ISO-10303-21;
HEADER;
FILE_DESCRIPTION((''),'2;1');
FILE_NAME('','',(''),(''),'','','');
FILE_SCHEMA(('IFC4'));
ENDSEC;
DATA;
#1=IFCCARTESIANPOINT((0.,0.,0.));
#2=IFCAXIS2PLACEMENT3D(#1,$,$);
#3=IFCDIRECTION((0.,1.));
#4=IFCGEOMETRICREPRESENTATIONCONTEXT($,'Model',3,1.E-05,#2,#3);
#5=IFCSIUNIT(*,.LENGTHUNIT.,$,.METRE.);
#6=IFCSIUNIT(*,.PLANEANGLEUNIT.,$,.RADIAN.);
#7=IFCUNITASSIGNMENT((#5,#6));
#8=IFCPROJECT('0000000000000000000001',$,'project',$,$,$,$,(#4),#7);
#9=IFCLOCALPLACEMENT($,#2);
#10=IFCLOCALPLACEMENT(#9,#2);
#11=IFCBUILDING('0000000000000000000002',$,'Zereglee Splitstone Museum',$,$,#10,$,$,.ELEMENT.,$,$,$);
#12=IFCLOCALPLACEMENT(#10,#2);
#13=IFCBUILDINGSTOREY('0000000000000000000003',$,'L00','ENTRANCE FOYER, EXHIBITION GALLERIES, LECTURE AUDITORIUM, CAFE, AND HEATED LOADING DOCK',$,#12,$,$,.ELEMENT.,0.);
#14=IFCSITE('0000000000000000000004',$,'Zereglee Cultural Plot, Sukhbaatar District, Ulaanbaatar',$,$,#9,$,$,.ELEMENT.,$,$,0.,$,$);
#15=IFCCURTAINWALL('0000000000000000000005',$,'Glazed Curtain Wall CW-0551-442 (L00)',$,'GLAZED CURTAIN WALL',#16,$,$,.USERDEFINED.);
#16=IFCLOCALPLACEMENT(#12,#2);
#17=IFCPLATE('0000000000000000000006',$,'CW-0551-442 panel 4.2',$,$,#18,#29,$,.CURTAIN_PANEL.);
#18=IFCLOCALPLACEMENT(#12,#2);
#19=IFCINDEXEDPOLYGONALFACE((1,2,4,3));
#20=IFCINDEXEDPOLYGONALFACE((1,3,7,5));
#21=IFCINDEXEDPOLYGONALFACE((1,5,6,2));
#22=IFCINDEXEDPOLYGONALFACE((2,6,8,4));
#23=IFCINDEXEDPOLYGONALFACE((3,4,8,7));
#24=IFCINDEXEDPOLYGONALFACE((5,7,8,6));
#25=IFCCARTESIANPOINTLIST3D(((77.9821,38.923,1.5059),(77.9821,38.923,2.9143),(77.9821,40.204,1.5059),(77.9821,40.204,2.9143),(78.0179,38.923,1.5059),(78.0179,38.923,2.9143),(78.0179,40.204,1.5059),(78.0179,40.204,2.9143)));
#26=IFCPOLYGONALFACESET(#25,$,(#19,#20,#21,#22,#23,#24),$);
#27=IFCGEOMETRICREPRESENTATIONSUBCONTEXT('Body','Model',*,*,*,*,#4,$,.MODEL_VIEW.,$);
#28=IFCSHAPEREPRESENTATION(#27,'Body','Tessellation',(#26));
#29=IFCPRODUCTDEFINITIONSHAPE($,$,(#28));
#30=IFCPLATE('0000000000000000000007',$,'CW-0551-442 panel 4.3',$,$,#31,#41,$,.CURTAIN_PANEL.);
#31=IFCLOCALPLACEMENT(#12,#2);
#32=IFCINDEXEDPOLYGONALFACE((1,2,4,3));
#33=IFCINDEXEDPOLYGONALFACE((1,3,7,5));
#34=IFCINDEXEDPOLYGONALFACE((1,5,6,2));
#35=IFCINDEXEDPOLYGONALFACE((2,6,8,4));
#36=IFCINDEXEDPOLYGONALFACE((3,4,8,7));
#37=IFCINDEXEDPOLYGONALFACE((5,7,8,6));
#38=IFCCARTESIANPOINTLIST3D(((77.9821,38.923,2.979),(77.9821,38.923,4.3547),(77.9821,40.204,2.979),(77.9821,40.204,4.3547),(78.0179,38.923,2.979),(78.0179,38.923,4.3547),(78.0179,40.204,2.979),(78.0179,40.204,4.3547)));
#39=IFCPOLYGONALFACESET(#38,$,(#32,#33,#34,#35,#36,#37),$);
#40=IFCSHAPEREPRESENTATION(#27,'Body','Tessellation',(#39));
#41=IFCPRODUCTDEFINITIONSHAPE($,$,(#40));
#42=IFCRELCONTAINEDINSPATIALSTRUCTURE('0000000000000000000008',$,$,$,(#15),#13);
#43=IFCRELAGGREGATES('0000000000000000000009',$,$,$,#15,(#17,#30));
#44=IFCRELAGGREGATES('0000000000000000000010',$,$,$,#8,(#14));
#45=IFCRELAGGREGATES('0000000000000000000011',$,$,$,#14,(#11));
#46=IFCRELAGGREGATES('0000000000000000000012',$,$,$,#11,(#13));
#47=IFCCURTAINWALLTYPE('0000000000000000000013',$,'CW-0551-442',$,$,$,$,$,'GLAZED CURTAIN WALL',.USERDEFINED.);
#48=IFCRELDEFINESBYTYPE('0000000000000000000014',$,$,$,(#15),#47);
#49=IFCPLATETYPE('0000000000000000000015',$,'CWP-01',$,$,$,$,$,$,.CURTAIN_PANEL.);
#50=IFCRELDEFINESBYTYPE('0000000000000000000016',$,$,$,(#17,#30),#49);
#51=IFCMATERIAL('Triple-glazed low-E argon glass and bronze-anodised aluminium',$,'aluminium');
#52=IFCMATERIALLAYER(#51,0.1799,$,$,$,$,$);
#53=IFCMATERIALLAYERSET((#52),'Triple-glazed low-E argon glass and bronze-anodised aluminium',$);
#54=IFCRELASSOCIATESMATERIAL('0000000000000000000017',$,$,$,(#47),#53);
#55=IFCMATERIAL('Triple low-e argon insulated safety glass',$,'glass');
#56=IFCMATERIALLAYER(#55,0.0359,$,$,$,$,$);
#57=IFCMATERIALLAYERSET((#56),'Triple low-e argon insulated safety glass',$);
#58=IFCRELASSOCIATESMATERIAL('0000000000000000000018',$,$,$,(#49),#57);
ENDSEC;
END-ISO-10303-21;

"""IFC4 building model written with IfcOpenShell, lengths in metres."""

from ifc_helpers import new_model, si_unit, direction, frame, origin, origin_2d, place, context, subcontext, project, spatial, rectangle, extrude, material, layer, layer_set, type_object, element, aggregate, save


model = new_model("IFC4")

# Units and contexts
model_context = context("Model", 3, precision=1e-05, world=origin(), true_north=direction((0.0, 1.0)))
body_context = subcontext(model_context, "Body", "Model", "MODEL_VIEW")
ifc_project = project(units=[si_unit("LENGTHUNIT", "METRE"), si_unit("PLANEANGLEUNIT", "RADIAN")], contexts=[model_context])

# Site, building, storey
site_placement = place(None, origin())
site = spatial("IfcSite", under=ifc_project, at=site_placement, Name="Zereglee Cultural Plot, Sukhbaatar District, Ulaanbaatar", CompositionType="ELEMENT", RefElevation=0.0)
building_placement = place(site_placement, origin())
building = spatial("IfcBuilding", under=site, at=building_placement, Name="Zereglee Splitstone Museum", CompositionType="ELEMENT")
storey_placement = place(building_placement, origin())
storey = spatial("IfcBuildingStorey", under=building, at=storey_placement, Name="L00", Description="ENTRANCE FOYER, EXHIBITION GALLERIES, LECTURE AUDITORIUM, CAFE, AND HEATED LOADING DOCK", CompositionType="ELEMENT", Elevation=0.0)

# Curtain wall
ifc_material_1 = material(Name="Triple-glazed low-E argon glass and bronze-anodised aluminium", Category="aluminium")
ifc_layer_1 = layer(ifc_material_1, 0.1799)
ifc_layer_set_1 = layer_set([ifc_layer_1], Name="Triple-glazed low-E argon glass and bronze-anodised aluminium")
curtain_wall_type = type_object("IfcCurtainWallType", Name="CW-0551-442", ElementType="GLAZED CURTAIN WALL", PredefinedType="USERDEFINED", material=ifc_layer_set_1)
curtain_wall_placement = place(storey_placement, origin())
curtain_wall = element("IfcCurtainWall", 1, at=curtain_wall_placement, inside=storey, type_object=curtain_wall_type, Name="Glazed Curtain Wall CW-0551-442 (L00)", ObjectType="GLAZED CURTAIN WALL", PredefinedType="USERDEFINED")

# Plates
ifc_material_2 = material(Name="Triple low-e argon insulated safety glass", Category="glass")
ifc_layer_2 = layer(ifc_material_2, 0.0359)
ifc_layer_set_2 = layer_set([ifc_layer_2], Name="Triple low-e argon insulated safety glass")
plate_type = type_object("IfcPlateType", Name="CWP-01", PredefinedType="CURTAIN_PANEL", material=ifc_layer_set_2)
plate_1_placement = place(storey_placement, frame((78.0, 39.5635, 1.5059), z_axis=(0.0, 0.0, 1.0), x_axis=(0.0, -1.0, 0.0)))
plate_1 = element("IfcPlate", 2, at=plate_1_placement, type_object=plate_type, Name="CW-0551-442 panel 4.2", PredefinedType="CURTAIN_PANEL", context=body_context, shape_type="SweptSolid", body=[
    extrude(rectangle(XDim=1.281, YDim=0.0359, at=origin_2d()), origin(), (0.0, 0.0, 1.0), 1.4084),
])
plate_2_placement = place(storey_placement, frame((78.0, 39.5635, 2.979), z_axis=(0.0, 0.0, 1.0), x_axis=(0.0, -1.0, 0.0)))
plate_2 = element("IfcPlate", 3, at=plate_2_placement, type_object=plate_type, Name="CW-0551-442 panel 4.3", PredefinedType="CURTAIN_PANEL", context=body_context, shape_type="SweptSolid", body=[
    extrude(rectangle(XDim=1.281, YDim=0.0359, at=origin_2d()), origin(), (0.0, 0.0, 1.0), 1.3757),
])
aggregate(curtain_wall, [plate_1, plate_2])

save(model, "model.ifc")
